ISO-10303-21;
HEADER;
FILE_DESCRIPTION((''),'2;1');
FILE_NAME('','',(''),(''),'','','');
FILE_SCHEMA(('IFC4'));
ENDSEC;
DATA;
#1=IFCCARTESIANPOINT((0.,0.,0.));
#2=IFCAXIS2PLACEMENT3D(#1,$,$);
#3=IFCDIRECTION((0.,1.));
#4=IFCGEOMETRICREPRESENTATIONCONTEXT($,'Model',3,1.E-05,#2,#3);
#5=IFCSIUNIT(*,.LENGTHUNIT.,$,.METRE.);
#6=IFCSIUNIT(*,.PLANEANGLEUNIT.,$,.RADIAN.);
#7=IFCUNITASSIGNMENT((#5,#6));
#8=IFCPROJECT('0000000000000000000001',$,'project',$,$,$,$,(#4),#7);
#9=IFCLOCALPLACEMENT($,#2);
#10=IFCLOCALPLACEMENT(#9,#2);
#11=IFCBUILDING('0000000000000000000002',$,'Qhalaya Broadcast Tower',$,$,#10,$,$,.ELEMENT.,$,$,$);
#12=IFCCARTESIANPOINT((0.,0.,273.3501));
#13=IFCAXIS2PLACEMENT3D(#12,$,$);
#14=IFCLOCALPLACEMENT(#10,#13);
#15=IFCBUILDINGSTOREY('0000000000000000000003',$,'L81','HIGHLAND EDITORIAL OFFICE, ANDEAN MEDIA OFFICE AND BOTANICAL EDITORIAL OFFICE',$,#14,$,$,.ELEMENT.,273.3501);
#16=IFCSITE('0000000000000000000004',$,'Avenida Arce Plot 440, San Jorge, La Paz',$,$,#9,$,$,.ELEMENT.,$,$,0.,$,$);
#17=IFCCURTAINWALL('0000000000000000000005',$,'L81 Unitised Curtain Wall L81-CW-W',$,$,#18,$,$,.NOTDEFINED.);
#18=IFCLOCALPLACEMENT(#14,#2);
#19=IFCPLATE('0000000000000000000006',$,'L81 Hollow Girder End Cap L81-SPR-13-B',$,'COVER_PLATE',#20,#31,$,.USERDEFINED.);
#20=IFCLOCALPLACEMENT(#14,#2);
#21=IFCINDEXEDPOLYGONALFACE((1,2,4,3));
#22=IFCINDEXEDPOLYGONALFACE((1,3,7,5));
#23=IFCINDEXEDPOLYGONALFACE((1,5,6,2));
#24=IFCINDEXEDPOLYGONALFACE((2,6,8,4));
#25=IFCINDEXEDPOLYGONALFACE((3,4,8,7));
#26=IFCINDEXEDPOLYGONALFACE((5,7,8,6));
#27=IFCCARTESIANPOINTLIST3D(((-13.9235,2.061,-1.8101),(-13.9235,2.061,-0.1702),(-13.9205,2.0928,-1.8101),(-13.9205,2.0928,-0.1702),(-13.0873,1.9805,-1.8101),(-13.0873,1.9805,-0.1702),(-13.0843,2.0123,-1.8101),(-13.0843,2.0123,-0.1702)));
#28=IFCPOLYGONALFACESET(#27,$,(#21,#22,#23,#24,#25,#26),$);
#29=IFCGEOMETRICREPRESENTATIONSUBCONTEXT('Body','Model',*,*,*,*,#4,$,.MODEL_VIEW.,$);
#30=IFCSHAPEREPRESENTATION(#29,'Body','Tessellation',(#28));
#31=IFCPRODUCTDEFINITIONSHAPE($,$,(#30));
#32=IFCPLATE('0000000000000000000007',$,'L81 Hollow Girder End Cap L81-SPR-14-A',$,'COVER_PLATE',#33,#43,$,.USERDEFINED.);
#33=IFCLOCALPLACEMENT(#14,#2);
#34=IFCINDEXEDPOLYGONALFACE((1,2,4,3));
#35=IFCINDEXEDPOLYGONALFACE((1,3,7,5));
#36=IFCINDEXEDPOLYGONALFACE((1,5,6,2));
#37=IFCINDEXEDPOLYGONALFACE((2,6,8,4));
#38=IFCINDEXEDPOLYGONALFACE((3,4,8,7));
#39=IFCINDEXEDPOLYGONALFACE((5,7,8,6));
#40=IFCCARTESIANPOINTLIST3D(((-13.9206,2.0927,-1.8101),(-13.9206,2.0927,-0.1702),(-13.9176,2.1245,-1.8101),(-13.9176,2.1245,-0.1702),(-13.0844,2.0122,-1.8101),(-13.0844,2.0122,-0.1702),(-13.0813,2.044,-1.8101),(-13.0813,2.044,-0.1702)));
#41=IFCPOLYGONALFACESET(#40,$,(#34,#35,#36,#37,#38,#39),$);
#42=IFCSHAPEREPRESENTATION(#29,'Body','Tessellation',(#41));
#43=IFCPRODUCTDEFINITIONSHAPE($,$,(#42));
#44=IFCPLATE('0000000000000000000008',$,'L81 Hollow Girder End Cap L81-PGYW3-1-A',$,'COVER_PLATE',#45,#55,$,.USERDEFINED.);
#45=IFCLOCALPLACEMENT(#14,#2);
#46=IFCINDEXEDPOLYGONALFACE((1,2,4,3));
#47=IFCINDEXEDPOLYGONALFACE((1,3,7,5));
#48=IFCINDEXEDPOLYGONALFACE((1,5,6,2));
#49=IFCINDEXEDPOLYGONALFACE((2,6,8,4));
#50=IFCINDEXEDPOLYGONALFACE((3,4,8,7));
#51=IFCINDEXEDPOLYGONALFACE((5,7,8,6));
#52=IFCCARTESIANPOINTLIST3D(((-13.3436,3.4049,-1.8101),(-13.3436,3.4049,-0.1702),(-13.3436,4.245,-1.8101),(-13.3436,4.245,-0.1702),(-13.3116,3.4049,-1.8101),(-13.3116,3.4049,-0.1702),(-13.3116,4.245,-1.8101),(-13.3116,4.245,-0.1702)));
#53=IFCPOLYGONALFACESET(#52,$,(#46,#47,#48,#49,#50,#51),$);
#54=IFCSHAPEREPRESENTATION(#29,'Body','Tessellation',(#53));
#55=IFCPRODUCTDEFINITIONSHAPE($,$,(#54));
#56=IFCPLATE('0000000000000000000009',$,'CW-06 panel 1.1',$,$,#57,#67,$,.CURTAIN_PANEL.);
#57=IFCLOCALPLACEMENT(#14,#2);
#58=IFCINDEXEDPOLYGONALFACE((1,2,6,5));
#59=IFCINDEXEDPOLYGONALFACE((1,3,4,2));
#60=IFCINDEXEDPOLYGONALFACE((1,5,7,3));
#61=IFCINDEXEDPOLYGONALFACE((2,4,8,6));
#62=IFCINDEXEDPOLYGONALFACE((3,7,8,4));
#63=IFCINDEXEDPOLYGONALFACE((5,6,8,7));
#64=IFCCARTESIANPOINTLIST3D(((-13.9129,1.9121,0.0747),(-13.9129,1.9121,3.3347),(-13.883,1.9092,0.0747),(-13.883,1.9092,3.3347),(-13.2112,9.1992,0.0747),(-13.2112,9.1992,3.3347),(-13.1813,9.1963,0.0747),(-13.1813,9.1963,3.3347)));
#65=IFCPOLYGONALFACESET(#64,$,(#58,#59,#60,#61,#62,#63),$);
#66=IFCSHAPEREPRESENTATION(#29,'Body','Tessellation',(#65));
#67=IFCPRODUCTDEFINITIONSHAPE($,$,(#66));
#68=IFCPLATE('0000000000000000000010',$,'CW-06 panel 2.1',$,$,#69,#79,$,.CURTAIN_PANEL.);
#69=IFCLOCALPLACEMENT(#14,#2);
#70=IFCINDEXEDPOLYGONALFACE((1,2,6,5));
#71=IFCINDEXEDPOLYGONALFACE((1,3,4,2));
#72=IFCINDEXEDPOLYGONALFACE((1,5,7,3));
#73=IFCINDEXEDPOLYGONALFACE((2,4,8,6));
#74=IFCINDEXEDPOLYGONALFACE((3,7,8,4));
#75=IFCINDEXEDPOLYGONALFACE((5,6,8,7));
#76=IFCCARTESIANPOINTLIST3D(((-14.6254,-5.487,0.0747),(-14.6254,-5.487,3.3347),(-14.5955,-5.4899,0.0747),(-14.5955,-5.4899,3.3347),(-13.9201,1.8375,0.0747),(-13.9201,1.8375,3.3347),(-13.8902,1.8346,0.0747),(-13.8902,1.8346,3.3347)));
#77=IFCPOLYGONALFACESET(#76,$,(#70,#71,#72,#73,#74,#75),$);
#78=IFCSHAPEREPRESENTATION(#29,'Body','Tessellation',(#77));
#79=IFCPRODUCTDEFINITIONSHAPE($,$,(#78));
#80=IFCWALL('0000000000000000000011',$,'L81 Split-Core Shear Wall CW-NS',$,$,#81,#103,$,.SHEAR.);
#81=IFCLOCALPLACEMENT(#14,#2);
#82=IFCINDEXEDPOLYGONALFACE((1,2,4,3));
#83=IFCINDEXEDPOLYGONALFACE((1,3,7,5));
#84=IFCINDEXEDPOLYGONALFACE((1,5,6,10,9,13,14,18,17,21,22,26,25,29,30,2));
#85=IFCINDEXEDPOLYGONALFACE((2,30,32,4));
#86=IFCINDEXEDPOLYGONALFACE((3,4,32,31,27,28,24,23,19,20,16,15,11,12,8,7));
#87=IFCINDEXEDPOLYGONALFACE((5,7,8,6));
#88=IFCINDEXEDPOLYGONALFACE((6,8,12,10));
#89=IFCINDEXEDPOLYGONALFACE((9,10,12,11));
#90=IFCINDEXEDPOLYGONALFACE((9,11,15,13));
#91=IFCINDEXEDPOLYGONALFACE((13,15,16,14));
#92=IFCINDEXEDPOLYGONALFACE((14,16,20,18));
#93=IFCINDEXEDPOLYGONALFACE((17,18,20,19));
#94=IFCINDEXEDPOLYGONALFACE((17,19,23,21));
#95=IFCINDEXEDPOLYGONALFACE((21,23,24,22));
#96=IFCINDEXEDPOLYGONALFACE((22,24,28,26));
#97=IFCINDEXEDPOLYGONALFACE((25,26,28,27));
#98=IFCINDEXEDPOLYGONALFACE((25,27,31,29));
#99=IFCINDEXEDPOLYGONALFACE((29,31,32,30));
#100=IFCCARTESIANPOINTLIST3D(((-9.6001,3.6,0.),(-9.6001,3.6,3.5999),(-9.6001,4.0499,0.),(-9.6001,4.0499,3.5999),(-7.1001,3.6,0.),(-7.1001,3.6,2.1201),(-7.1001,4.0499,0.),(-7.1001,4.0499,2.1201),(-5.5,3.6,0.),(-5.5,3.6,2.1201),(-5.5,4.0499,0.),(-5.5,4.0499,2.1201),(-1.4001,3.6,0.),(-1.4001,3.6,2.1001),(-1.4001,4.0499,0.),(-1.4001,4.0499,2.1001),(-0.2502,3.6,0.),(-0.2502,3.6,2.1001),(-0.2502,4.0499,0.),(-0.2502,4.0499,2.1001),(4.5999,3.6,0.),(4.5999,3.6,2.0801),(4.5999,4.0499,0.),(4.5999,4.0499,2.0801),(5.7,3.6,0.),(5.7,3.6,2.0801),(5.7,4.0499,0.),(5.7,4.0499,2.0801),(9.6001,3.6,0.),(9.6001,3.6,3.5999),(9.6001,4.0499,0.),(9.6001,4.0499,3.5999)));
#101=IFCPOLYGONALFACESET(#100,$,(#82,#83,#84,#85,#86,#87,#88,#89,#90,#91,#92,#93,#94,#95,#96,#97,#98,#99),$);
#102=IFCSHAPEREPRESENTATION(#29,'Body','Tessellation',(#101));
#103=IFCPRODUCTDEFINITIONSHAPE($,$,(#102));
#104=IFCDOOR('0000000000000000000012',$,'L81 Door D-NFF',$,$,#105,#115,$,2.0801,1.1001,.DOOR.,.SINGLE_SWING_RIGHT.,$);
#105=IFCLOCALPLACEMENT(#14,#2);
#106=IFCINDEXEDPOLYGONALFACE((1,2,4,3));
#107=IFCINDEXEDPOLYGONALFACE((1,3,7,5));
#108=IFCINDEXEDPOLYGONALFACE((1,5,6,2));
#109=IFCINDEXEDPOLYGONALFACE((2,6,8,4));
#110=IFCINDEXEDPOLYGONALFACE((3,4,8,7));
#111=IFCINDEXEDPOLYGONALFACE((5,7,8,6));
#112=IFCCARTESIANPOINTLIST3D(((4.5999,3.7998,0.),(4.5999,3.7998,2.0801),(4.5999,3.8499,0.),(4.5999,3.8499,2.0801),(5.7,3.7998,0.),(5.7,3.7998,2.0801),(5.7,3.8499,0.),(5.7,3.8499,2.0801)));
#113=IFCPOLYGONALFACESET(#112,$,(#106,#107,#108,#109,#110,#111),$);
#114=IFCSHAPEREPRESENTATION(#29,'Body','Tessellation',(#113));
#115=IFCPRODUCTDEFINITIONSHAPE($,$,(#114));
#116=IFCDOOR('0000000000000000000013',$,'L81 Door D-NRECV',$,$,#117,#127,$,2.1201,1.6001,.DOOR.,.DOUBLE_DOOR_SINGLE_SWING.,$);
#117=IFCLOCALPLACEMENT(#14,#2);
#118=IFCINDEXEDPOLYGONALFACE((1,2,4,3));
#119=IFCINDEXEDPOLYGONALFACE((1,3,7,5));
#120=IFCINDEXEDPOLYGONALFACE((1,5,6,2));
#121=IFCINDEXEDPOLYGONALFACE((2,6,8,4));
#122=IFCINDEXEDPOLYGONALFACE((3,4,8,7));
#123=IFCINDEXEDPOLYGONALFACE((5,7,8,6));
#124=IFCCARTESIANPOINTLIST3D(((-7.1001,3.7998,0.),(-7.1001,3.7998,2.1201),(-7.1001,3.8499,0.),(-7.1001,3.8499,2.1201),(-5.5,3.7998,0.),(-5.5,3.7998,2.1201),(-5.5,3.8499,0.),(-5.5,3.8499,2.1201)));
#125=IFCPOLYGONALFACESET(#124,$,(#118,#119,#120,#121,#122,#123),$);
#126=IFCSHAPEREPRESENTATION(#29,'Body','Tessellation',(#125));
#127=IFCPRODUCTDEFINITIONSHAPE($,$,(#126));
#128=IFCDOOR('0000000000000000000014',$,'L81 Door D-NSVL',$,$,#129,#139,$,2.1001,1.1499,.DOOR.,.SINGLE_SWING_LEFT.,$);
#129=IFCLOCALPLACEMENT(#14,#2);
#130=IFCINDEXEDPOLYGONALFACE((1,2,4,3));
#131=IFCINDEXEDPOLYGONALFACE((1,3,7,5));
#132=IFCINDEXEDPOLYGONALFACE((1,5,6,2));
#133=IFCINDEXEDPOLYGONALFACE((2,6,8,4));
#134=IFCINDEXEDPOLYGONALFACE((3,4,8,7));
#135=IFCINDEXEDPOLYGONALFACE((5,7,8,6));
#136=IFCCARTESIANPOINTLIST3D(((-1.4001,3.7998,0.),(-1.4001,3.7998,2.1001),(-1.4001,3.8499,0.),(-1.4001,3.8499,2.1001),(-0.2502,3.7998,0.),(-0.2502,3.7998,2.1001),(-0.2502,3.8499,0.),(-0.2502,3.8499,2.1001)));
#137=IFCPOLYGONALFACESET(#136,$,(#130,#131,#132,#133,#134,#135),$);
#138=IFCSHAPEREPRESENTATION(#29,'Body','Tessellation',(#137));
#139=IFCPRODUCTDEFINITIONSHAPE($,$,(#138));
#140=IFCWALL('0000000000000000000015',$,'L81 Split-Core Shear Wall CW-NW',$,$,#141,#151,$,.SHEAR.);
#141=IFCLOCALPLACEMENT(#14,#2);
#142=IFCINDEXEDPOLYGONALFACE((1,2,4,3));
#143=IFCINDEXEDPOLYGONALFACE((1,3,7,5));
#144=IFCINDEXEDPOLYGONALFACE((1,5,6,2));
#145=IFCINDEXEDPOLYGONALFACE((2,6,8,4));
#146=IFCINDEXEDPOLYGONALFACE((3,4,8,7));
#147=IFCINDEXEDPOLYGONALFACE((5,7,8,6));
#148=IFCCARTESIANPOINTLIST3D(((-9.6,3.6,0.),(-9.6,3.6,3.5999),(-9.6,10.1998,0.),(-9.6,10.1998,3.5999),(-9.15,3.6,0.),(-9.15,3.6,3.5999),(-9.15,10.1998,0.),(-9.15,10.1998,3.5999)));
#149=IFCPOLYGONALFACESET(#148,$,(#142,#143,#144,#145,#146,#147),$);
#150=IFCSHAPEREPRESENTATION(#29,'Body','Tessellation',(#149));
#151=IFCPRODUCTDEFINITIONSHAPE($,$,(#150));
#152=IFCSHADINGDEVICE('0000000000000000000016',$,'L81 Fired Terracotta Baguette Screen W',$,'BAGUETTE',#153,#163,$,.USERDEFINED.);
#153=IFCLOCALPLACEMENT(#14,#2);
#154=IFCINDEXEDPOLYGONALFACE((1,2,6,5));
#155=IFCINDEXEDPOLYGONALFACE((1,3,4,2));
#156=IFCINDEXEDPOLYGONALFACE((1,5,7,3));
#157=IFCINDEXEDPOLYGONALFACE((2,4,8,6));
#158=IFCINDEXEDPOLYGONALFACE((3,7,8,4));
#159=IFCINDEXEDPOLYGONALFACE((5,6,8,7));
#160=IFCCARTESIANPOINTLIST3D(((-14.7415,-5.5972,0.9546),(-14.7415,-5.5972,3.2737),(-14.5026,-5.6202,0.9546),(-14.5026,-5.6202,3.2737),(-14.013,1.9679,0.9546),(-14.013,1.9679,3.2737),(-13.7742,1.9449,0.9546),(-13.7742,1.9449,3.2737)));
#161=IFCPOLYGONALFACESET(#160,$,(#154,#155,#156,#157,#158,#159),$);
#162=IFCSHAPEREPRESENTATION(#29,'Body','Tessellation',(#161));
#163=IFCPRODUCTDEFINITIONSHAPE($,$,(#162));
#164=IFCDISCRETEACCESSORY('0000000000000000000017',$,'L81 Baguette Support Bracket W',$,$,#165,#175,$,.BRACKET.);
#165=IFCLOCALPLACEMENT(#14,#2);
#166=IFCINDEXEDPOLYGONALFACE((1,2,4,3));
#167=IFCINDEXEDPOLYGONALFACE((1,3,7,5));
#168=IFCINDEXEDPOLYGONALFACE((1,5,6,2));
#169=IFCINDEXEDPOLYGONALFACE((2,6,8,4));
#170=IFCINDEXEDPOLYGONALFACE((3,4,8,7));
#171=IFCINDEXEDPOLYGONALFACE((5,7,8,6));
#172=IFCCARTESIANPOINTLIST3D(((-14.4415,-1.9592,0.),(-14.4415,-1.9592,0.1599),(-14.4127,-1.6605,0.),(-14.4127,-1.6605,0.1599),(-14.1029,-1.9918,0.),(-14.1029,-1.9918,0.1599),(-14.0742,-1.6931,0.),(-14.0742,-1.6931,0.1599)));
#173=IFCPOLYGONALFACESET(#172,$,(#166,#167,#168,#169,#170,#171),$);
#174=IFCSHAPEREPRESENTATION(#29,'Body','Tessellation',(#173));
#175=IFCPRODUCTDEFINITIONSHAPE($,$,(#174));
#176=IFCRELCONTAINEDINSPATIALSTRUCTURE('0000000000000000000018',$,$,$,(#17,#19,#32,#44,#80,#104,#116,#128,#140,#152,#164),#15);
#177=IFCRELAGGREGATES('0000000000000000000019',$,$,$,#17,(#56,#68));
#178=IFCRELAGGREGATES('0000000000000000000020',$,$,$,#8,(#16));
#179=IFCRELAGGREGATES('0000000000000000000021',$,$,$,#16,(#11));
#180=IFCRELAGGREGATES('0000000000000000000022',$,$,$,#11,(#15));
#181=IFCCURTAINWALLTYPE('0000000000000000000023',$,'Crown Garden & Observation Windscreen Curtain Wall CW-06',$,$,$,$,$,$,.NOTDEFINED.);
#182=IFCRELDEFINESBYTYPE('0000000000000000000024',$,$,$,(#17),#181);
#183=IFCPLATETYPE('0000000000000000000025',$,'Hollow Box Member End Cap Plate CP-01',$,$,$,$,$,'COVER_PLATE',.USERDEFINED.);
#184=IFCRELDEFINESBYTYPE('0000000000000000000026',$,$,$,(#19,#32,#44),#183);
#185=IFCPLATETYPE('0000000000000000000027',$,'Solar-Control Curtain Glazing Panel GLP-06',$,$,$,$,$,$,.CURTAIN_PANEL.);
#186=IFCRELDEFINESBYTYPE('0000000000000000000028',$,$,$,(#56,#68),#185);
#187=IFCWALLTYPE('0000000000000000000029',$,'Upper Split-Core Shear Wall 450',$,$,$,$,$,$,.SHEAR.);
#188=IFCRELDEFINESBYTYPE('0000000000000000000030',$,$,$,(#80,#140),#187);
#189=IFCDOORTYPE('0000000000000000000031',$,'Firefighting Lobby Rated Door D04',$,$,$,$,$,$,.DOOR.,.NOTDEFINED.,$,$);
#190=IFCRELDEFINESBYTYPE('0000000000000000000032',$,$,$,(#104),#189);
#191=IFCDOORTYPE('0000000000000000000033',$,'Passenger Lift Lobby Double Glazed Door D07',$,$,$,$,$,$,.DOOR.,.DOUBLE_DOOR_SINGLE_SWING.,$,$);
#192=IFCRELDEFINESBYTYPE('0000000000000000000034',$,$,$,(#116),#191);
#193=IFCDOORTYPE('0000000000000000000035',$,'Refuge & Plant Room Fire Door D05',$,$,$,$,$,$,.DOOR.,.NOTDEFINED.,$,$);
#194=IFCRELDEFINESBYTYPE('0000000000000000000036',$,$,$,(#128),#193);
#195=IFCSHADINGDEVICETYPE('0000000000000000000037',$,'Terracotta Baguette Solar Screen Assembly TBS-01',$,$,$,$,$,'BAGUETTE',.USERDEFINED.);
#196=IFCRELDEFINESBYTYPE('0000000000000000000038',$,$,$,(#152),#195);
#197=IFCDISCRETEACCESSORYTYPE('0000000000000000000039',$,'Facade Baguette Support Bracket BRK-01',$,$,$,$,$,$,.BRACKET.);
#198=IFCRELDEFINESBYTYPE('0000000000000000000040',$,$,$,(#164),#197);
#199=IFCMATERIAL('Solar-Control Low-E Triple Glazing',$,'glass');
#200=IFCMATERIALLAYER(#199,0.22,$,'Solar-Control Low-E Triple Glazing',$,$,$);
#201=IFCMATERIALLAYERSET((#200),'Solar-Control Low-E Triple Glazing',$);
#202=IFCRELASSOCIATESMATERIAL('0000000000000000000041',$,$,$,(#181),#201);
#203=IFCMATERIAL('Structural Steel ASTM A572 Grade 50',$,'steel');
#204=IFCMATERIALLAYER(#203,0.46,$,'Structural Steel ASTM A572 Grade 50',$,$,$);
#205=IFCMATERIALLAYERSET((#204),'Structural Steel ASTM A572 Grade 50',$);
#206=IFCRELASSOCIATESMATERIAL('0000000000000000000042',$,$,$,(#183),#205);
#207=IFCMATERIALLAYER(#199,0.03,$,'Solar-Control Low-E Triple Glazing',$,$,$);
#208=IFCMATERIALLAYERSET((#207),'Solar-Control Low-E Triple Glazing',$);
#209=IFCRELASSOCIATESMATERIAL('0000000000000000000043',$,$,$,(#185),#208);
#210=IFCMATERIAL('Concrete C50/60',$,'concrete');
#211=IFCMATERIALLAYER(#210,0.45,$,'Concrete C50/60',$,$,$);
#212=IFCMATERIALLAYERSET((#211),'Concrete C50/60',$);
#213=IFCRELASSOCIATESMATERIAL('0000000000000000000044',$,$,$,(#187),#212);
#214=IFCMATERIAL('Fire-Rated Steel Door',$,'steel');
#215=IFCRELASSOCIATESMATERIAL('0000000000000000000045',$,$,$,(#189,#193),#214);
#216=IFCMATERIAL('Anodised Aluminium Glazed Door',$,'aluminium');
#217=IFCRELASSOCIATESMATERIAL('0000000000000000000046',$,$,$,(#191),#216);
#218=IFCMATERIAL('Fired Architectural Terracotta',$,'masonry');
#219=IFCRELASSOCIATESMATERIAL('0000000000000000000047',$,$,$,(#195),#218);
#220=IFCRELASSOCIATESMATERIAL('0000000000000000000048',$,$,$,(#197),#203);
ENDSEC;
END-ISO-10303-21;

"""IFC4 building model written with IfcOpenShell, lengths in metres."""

from ifc_helpers import new_model, si_unit, direction, frame, frame_2d, origin, origin_2d, place, context, subcontext, project, spatial, rectangle, extrude, material, layer, layer_set, type_object, element, fill, aggregate, save


model = new_model("IFC4")

# Units and contexts
model_context = context("Model", 3, precision=1e-05, world=origin(), true_north=direction((0.0, 1.0)))
body_context = subcontext(model_context, "Body", "Model", "MODEL_VIEW")
ifc_project = project(units=[si_unit("LENGTHUNIT", "METRE"), si_unit("PLANEANGLEUNIT", "RADIAN")], contexts=[model_context])

# Site, building, storey
site_placement = place(None, origin())
site = spatial("IfcSite", under=ifc_project, at=site_placement, Name="Avenida Arce Plot 440, San Jorge, La Paz", CompositionType="ELEMENT", RefElevation=0.0)
building_placement = place(site_placement, origin())
building = spatial("IfcBuilding", under=site, at=building_placement, Name="Qhalaya Broadcast Tower", CompositionType="ELEMENT")
storey_placement = place(building_placement, frame((0.0, 0.0, 273.3501)))
storey = spatial("IfcBuildingStorey", under=building, at=storey_placement, Name="L81", Description="HIGHLAND EDITORIAL OFFICE, ANDEAN MEDIA OFFICE AND BOTANICAL EDITORIAL OFFICE", CompositionType="ELEMENT", Elevation=273.3501)

# Shared definitions
ifc_material_1 = material(Name="Structural Steel ASTM A572 Grade 50", Category="steel")

# Curtain wall
ifc_material_2 = material(Name="Solar-Control Low-E Triple Glazing", Category="glass")
ifc_layer_1 = layer(ifc_material_2, 0.22, Name="Solar-Control Low-E Triple Glazing")
ifc_layer_set_1 = layer_set([ifc_layer_1], Name="Solar-Control Low-E Triple Glazing")
curtain_wall_type = type_object("IfcCurtainWallType", Name="Crown Garden & Observation Windscreen Curtain Wall CW-06", PredefinedType="NOTDEFINED", material=ifc_layer_set_1)
curtain_wall_placement = place(storey_placement, origin())
curtain_wall = element("IfcCurtainWall", 1, at=curtain_wall_placement, inside=storey, type_object=curtain_wall_type, Name="L81 Unitised Curtain Wall L81-CW-W", PredefinedType="NOTDEFINED")

# Plates
ifc_layer_2 = layer(ifc_material_1, 0.46, Name="Structural Steel ASTM A572 Grade 50")
ifc_layer_set_2 = layer_set([ifc_layer_2], Name="Structural Steel ASTM A572 Grade 50")
plate_type_1 = type_object("IfcPlateType", Name="Hollow Box Member End Cap Plate CP-01", ElementType="COVER_PLATE", PredefinedType="USERDEFINED", material=ifc_layer_set_2)
for number, where, z_axis, x_axis, name in (
    (2, (-13.5039, 2.0366, -1.8101), (0.0, 0.0, 1.0), (0.995398, -0.095828, 0.0), "L81 Hollow Girder End Cap L81-SPR-13-B"),
    (3, (-13.501, 2.0684, -1.8101), (0.0, 0.0, 1.0), (0.995396, -0.095846, 0.0), "L81 Hollow Girder End Cap L81-SPR-14-A"),
    (4, (-13.3276, 3.825, -1.8101), (0.0, 0.0, 1.0), (0.0, 1.0, 0.0), "L81 Hollow Girder End Cap L81-PGYW3-1-A"),
):
    element("IfcPlate", number, at=place(storey_placement, frame(where, z_axis=z_axis, x_axis=x_axis)), inside=storey, type_object=plate_type_1, Name=name, ObjectType="COVER_PLATE", PredefinedType="USERDEFINED", context=body_context, shape_type="SweptSolid", body=[
        extrude(rectangle(XDim=0.8401, YDim=0.032, at=origin_2d()), origin(), (0.0, 0.0, 1.0), 1.6399),
    ])

# Plates
ifc_layer_3 = layer(ifc_material_2, 0.03, Name="Solar-Control Low-E Triple Glazing")
ifc_layer_set_3 = layer_set([ifc_layer_3], Name="Solar-Control Low-E Triple Glazing")
plate_type_2 = type_object("IfcPlateType", Name="Solar-Control Curtain Glazing Panel GLP-06", PredefinedType="CURTAIN_PANEL", material=ifc_layer_set_3)
plate_1_placement = place(storey_placement, frame((-13.5471, 5.5542, 0.0747), z_axis=(0.0, 0.0, 1.0), x_axis=(-0.095848, -0.995396, 0.0)))
plate_1 = element("IfcPlate", 5, at=plate_1_placement, type_object=plate_type_2, Name="CW-06 panel 1.1", PredefinedType="CURTAIN_PANEL", context=body_context, shape_type="SweptSolid", body=[
    extrude(rectangle(XDim=7.3208, YDim=0.03, at=origin_2d()), origin(), (0.0, 0.0, 1.0), 3.26),
])
plate_2_placement = place(storey_placement, frame((-14.2578, -1.8262, 0.0747), z_axis=(0.0, 0.0, 1.0), x_axis=(-0.095848, -0.995396, 0.0)))
plate_2 = element("IfcPlate", 6, at=plate_2_placement, type_object=plate_type_2, Name="CW-06 panel 2.1", PredefinedType="CURTAIN_PANEL", context=body_context, shape_type="SweptSolid", body=[
    extrude(rectangle(XDim=7.3584, YDim=0.03, at=origin_2d()), origin(), (0.0, 0.0, 1.0), 3.26),
])
aggregate(curtain_wall, [plate_1, plate_2])

# Wall, openings, doors
ifc_material_3 = material(Name="Concrete C50/60", Category="concrete")
ifc_layer_4 = layer(ifc_material_3, 0.45, Name="Concrete C50/60")
ifc_layer_set_4 = layer_set([ifc_layer_4], Name="Concrete C50/60")
wall_type = type_object("IfcWallType", Name="Upper Split-Core Shear Wall 450", PredefinedType="SHEAR", material=ifc_layer_set_4)
wall_1_placement = place(storey_placement, frame((-9.6001, 3.825, 0.0), z_axis=(0.0, 0.0, 1.0), x_axis=(1.0, 0.0, 0.0)))
wall_1 = element("IfcWall", 7, at=wall_1_placement, inside=storey, type_object=wall_type, Name="L81 Split-Core Shear Wall CW-NS", PredefinedType="SHEAR", context=body_context, shape_type="SweptSolid", body=[
    extrude(rectangle(XDim=19.2002, YDim=0.45, at=frame_2d((9.6001, 0.0))), origin(), (0.0, 0.0, 1.0), 3.5999),
])
opening_1_placement = place(wall_1_placement, frame((14.2, 0.0, 0.0)))
opening_1 = element("IfcOpeningElement", 8, at=opening_1_placement, cuts=wall_1, PredefinedType="OPENING", context=body_context, shape_type="SweptSolid", body=[
    extrude(rectangle(XDim=1.1001, YDim=2.0801, at=frame_2d((0.55, 1.04))), frame((0.0, 0.2371, 0.0), z_axis=(0.0, -1.0, 0.0), x_axis=(1.0, 0.0, 0.0)), (0.0, 0.0, 1.0), 0.4739),
])
opening_2_placement = place(wall_1_placement, frame((8.2, 0.0, 0.0)))
opening_2 = element("IfcOpeningElement", 9, at=opening_2_placement, cuts=wall_1, PredefinedType="OPENING", context=body_context, shape_type="SweptSolid", body=[
    extrude(rectangle(XDim=1.1499, YDim=2.1001, at=frame_2d((0.575, 1.05))), frame((0.0, 0.2371, 0.0), z_axis=(0.0, -1.0, 0.0), x_axis=(1.0, 0.0, 0.0)), (0.0, 0.0, 1.0), 0.4739),
])
opening_3_placement = place(wall_1_placement, frame((2.5, 0.0, 0.0)))
opening_3 = element("IfcOpeningElement", 10, at=opening_3_placement, cuts=wall_1, PredefinedType="OPENING", context=body_context, shape_type="SweptSolid", body=[
    extrude(rectangle(XDim=1.6001, YDim=2.1201, at=frame_2d((0.8, 1.0601))), frame((0.0, 0.2371, 0.0), z_axis=(0.0, -1.0, 0.0), x_axis=(1.0, 0.0, 0.0)), (0.0, 0.0, 1.0), 0.4739),
])
ifc_material_4 = material(Name="Fire-Rated Steel Door", Category="steel")
door_type_1 = type_object("IfcDoorType", Name="Firefighting Lobby Rated Door D04", OperationType="NOTDEFINED", PredefinedType="DOOR", material=ifc_material_4)
door_1_placement = place(opening_1_placement, origin())
door_1 = element("IfcDoor", 11, at=door_1_placement, inside=storey, type_object=door_type_1, Name="L81 Door D-NFF", OperationType="SINGLE_SWING_RIGHT", OverallHeight=2.0801, OverallWidth=1.1001, PredefinedType="DOOR", context=body_context, shape_type="SweptSolid", body=[
    extrude(rectangle(XDim=1.1001, YDim=2.0801, at=frame_2d((0.55, 1.04))), frame((0.0, 0.0249, 0.0), z_axis=(0.0, -1.0, 0.0), x_axis=(1.0, 0.0, 0.0)), (0.0, 0.0, 1.0), 0.05),
])
fill(opening_1, door_1)
ifc_material_5 = material(Name="Anodised Aluminium Glazed Door", Category="aluminium")
door_type_2 = type_object("IfcDoorType", Name="Passenger Lift Lobby Double Glazed Door D07", OperationType="DOUBLE_DOOR_SINGLE_SWING", PredefinedType="DOOR", material=ifc_material_5)
door_2_placement = place(opening_3_placement, origin())
door_2 = element("IfcDoor", 12, at=door_2_placement, inside=storey, type_object=door_type_2, Name="L81 Door D-NRECV", OperationType="DOUBLE_DOOR_SINGLE_SWING", OverallHeight=2.1201, OverallWidth=1.6001, PredefinedType="DOOR", context=body_context, shape_type="SweptSolid", body=[
    extrude(rectangle(XDim=1.6001, YDim=2.1201, at=frame_2d((0.8, 1.0601))), frame((0.0, 0.0249, 0.0), z_axis=(0.0, -1.0, 0.0), x_axis=(1.0, 0.0, 0.0)), (0.0, 0.0, 1.0), 0.05),
])
fill(opening_3, door_2)
door_type_3 = type_object("IfcDoorType", Name="Refuge & Plant Room Fire Door D05", OperationType="NOTDEFINED", PredefinedType="DOOR", material=ifc_material_4)
door_3_placement = place(opening_2_placement, origin())
door_3 = element("IfcDoor", 13, at=door_3_placement, inside=storey, type_object=door_type_3, Name="L81 Door D-NSVL", OperationType="SINGLE_SWING_LEFT", OverallHeight=2.1001, OverallWidth=1.1499, PredefinedType="DOOR", context=body_context, shape_type="SweptSolid", body=[
    extrude(rectangle(XDim=1.1499, YDim=2.1001, at=frame_2d((0.575, 1.05))), frame((0.0, 0.0249, 0.0), z_axis=(0.0, -1.0, 0.0), x_axis=(1.0, 0.0, 0.0)), (0.0, 0.0, 1.0), 0.05),
])
fill(opening_2, door_3)

# Wall
wall_2_placement = place(storey_placement, frame((-9.375, 3.6001, 0.0), z_axis=(0.0, 0.0, 1.0), x_axis=(0.0, 1.0, 0.0)))
element("IfcWall", 14, at=wall_2_placement, inside=storey, type_object=wall_type, Name="L81 Split-Core Shear Wall CW-NW", PredefinedType="SHEAR", context=body_context, shape_type="SweptSolid", body=[
    extrude(rectangle(XDim=6.5999, YDim=0.45, at=frame_2d((3.2998, 0.0))), origin(), (0.0, 0.0, 1.0), 3.5999),
])

# Shading device
ifc_material_6 = material(Name="Fired Architectural Terracotta", Category="masonry")
shading_device_type = type_object("IfcShadingDeviceType", Name="Terracotta Baguette Solar Screen Assembly TBS-01", ElementType="BAGUETTE", PredefinedType="USERDEFINED", material=ifc_material_6)
shading_device_placement = place(storey_placement, frame((-14.2578, -1.8262, 0.9546), z_axis=(0.0, 0.0, 1.0), x_axis=(-0.095846, -0.995396, 0.0)))
element("IfcShadingDevice", 15, at=shading_device_placement, inside=storey, type_object=shading_device_type, Name="L81 Fired Terracotta Baguette Screen W", ObjectType="BAGUETTE", PredefinedType="USERDEFINED", context=body_context, shape_type="SweptSolid", body=[
    extrude(rectangle(XDim=7.6001, YDim=0.24, at=origin_2d()), origin(), (0.0, 0.0, 1.0), 2.3191),
])

# Discrete accessory
discrete_accessory_type = type_object("IfcDiscreteAccessoryType", Name="Facade Baguette Support Bracket BRK-01", PredefinedType="BRACKET", material=ifc_material_1)
discrete_accessory_placement = place(storey_placement, frame((-14.2578, -1.8262, 0.0), z_axis=(0.0, 0.0, 1.0), x_axis=(-0.095846, -0.995396, 0.0)))
element("IfcDiscreteAccessory", 16, at=discrete_accessory_placement, inside=storey, type_object=discrete_accessory_type, Name="L81 Baguette Support Bracket W", PredefinedType="BRACKET", context=body_context, shape_type="SweptSolid", body=[
    extrude(rectangle(XDim=0.3, YDim=0.3401, at=origin_2d()), origin(), (0.0, 0.0, 1.0), 0.1599),
])

save(model, "model.ifc")
